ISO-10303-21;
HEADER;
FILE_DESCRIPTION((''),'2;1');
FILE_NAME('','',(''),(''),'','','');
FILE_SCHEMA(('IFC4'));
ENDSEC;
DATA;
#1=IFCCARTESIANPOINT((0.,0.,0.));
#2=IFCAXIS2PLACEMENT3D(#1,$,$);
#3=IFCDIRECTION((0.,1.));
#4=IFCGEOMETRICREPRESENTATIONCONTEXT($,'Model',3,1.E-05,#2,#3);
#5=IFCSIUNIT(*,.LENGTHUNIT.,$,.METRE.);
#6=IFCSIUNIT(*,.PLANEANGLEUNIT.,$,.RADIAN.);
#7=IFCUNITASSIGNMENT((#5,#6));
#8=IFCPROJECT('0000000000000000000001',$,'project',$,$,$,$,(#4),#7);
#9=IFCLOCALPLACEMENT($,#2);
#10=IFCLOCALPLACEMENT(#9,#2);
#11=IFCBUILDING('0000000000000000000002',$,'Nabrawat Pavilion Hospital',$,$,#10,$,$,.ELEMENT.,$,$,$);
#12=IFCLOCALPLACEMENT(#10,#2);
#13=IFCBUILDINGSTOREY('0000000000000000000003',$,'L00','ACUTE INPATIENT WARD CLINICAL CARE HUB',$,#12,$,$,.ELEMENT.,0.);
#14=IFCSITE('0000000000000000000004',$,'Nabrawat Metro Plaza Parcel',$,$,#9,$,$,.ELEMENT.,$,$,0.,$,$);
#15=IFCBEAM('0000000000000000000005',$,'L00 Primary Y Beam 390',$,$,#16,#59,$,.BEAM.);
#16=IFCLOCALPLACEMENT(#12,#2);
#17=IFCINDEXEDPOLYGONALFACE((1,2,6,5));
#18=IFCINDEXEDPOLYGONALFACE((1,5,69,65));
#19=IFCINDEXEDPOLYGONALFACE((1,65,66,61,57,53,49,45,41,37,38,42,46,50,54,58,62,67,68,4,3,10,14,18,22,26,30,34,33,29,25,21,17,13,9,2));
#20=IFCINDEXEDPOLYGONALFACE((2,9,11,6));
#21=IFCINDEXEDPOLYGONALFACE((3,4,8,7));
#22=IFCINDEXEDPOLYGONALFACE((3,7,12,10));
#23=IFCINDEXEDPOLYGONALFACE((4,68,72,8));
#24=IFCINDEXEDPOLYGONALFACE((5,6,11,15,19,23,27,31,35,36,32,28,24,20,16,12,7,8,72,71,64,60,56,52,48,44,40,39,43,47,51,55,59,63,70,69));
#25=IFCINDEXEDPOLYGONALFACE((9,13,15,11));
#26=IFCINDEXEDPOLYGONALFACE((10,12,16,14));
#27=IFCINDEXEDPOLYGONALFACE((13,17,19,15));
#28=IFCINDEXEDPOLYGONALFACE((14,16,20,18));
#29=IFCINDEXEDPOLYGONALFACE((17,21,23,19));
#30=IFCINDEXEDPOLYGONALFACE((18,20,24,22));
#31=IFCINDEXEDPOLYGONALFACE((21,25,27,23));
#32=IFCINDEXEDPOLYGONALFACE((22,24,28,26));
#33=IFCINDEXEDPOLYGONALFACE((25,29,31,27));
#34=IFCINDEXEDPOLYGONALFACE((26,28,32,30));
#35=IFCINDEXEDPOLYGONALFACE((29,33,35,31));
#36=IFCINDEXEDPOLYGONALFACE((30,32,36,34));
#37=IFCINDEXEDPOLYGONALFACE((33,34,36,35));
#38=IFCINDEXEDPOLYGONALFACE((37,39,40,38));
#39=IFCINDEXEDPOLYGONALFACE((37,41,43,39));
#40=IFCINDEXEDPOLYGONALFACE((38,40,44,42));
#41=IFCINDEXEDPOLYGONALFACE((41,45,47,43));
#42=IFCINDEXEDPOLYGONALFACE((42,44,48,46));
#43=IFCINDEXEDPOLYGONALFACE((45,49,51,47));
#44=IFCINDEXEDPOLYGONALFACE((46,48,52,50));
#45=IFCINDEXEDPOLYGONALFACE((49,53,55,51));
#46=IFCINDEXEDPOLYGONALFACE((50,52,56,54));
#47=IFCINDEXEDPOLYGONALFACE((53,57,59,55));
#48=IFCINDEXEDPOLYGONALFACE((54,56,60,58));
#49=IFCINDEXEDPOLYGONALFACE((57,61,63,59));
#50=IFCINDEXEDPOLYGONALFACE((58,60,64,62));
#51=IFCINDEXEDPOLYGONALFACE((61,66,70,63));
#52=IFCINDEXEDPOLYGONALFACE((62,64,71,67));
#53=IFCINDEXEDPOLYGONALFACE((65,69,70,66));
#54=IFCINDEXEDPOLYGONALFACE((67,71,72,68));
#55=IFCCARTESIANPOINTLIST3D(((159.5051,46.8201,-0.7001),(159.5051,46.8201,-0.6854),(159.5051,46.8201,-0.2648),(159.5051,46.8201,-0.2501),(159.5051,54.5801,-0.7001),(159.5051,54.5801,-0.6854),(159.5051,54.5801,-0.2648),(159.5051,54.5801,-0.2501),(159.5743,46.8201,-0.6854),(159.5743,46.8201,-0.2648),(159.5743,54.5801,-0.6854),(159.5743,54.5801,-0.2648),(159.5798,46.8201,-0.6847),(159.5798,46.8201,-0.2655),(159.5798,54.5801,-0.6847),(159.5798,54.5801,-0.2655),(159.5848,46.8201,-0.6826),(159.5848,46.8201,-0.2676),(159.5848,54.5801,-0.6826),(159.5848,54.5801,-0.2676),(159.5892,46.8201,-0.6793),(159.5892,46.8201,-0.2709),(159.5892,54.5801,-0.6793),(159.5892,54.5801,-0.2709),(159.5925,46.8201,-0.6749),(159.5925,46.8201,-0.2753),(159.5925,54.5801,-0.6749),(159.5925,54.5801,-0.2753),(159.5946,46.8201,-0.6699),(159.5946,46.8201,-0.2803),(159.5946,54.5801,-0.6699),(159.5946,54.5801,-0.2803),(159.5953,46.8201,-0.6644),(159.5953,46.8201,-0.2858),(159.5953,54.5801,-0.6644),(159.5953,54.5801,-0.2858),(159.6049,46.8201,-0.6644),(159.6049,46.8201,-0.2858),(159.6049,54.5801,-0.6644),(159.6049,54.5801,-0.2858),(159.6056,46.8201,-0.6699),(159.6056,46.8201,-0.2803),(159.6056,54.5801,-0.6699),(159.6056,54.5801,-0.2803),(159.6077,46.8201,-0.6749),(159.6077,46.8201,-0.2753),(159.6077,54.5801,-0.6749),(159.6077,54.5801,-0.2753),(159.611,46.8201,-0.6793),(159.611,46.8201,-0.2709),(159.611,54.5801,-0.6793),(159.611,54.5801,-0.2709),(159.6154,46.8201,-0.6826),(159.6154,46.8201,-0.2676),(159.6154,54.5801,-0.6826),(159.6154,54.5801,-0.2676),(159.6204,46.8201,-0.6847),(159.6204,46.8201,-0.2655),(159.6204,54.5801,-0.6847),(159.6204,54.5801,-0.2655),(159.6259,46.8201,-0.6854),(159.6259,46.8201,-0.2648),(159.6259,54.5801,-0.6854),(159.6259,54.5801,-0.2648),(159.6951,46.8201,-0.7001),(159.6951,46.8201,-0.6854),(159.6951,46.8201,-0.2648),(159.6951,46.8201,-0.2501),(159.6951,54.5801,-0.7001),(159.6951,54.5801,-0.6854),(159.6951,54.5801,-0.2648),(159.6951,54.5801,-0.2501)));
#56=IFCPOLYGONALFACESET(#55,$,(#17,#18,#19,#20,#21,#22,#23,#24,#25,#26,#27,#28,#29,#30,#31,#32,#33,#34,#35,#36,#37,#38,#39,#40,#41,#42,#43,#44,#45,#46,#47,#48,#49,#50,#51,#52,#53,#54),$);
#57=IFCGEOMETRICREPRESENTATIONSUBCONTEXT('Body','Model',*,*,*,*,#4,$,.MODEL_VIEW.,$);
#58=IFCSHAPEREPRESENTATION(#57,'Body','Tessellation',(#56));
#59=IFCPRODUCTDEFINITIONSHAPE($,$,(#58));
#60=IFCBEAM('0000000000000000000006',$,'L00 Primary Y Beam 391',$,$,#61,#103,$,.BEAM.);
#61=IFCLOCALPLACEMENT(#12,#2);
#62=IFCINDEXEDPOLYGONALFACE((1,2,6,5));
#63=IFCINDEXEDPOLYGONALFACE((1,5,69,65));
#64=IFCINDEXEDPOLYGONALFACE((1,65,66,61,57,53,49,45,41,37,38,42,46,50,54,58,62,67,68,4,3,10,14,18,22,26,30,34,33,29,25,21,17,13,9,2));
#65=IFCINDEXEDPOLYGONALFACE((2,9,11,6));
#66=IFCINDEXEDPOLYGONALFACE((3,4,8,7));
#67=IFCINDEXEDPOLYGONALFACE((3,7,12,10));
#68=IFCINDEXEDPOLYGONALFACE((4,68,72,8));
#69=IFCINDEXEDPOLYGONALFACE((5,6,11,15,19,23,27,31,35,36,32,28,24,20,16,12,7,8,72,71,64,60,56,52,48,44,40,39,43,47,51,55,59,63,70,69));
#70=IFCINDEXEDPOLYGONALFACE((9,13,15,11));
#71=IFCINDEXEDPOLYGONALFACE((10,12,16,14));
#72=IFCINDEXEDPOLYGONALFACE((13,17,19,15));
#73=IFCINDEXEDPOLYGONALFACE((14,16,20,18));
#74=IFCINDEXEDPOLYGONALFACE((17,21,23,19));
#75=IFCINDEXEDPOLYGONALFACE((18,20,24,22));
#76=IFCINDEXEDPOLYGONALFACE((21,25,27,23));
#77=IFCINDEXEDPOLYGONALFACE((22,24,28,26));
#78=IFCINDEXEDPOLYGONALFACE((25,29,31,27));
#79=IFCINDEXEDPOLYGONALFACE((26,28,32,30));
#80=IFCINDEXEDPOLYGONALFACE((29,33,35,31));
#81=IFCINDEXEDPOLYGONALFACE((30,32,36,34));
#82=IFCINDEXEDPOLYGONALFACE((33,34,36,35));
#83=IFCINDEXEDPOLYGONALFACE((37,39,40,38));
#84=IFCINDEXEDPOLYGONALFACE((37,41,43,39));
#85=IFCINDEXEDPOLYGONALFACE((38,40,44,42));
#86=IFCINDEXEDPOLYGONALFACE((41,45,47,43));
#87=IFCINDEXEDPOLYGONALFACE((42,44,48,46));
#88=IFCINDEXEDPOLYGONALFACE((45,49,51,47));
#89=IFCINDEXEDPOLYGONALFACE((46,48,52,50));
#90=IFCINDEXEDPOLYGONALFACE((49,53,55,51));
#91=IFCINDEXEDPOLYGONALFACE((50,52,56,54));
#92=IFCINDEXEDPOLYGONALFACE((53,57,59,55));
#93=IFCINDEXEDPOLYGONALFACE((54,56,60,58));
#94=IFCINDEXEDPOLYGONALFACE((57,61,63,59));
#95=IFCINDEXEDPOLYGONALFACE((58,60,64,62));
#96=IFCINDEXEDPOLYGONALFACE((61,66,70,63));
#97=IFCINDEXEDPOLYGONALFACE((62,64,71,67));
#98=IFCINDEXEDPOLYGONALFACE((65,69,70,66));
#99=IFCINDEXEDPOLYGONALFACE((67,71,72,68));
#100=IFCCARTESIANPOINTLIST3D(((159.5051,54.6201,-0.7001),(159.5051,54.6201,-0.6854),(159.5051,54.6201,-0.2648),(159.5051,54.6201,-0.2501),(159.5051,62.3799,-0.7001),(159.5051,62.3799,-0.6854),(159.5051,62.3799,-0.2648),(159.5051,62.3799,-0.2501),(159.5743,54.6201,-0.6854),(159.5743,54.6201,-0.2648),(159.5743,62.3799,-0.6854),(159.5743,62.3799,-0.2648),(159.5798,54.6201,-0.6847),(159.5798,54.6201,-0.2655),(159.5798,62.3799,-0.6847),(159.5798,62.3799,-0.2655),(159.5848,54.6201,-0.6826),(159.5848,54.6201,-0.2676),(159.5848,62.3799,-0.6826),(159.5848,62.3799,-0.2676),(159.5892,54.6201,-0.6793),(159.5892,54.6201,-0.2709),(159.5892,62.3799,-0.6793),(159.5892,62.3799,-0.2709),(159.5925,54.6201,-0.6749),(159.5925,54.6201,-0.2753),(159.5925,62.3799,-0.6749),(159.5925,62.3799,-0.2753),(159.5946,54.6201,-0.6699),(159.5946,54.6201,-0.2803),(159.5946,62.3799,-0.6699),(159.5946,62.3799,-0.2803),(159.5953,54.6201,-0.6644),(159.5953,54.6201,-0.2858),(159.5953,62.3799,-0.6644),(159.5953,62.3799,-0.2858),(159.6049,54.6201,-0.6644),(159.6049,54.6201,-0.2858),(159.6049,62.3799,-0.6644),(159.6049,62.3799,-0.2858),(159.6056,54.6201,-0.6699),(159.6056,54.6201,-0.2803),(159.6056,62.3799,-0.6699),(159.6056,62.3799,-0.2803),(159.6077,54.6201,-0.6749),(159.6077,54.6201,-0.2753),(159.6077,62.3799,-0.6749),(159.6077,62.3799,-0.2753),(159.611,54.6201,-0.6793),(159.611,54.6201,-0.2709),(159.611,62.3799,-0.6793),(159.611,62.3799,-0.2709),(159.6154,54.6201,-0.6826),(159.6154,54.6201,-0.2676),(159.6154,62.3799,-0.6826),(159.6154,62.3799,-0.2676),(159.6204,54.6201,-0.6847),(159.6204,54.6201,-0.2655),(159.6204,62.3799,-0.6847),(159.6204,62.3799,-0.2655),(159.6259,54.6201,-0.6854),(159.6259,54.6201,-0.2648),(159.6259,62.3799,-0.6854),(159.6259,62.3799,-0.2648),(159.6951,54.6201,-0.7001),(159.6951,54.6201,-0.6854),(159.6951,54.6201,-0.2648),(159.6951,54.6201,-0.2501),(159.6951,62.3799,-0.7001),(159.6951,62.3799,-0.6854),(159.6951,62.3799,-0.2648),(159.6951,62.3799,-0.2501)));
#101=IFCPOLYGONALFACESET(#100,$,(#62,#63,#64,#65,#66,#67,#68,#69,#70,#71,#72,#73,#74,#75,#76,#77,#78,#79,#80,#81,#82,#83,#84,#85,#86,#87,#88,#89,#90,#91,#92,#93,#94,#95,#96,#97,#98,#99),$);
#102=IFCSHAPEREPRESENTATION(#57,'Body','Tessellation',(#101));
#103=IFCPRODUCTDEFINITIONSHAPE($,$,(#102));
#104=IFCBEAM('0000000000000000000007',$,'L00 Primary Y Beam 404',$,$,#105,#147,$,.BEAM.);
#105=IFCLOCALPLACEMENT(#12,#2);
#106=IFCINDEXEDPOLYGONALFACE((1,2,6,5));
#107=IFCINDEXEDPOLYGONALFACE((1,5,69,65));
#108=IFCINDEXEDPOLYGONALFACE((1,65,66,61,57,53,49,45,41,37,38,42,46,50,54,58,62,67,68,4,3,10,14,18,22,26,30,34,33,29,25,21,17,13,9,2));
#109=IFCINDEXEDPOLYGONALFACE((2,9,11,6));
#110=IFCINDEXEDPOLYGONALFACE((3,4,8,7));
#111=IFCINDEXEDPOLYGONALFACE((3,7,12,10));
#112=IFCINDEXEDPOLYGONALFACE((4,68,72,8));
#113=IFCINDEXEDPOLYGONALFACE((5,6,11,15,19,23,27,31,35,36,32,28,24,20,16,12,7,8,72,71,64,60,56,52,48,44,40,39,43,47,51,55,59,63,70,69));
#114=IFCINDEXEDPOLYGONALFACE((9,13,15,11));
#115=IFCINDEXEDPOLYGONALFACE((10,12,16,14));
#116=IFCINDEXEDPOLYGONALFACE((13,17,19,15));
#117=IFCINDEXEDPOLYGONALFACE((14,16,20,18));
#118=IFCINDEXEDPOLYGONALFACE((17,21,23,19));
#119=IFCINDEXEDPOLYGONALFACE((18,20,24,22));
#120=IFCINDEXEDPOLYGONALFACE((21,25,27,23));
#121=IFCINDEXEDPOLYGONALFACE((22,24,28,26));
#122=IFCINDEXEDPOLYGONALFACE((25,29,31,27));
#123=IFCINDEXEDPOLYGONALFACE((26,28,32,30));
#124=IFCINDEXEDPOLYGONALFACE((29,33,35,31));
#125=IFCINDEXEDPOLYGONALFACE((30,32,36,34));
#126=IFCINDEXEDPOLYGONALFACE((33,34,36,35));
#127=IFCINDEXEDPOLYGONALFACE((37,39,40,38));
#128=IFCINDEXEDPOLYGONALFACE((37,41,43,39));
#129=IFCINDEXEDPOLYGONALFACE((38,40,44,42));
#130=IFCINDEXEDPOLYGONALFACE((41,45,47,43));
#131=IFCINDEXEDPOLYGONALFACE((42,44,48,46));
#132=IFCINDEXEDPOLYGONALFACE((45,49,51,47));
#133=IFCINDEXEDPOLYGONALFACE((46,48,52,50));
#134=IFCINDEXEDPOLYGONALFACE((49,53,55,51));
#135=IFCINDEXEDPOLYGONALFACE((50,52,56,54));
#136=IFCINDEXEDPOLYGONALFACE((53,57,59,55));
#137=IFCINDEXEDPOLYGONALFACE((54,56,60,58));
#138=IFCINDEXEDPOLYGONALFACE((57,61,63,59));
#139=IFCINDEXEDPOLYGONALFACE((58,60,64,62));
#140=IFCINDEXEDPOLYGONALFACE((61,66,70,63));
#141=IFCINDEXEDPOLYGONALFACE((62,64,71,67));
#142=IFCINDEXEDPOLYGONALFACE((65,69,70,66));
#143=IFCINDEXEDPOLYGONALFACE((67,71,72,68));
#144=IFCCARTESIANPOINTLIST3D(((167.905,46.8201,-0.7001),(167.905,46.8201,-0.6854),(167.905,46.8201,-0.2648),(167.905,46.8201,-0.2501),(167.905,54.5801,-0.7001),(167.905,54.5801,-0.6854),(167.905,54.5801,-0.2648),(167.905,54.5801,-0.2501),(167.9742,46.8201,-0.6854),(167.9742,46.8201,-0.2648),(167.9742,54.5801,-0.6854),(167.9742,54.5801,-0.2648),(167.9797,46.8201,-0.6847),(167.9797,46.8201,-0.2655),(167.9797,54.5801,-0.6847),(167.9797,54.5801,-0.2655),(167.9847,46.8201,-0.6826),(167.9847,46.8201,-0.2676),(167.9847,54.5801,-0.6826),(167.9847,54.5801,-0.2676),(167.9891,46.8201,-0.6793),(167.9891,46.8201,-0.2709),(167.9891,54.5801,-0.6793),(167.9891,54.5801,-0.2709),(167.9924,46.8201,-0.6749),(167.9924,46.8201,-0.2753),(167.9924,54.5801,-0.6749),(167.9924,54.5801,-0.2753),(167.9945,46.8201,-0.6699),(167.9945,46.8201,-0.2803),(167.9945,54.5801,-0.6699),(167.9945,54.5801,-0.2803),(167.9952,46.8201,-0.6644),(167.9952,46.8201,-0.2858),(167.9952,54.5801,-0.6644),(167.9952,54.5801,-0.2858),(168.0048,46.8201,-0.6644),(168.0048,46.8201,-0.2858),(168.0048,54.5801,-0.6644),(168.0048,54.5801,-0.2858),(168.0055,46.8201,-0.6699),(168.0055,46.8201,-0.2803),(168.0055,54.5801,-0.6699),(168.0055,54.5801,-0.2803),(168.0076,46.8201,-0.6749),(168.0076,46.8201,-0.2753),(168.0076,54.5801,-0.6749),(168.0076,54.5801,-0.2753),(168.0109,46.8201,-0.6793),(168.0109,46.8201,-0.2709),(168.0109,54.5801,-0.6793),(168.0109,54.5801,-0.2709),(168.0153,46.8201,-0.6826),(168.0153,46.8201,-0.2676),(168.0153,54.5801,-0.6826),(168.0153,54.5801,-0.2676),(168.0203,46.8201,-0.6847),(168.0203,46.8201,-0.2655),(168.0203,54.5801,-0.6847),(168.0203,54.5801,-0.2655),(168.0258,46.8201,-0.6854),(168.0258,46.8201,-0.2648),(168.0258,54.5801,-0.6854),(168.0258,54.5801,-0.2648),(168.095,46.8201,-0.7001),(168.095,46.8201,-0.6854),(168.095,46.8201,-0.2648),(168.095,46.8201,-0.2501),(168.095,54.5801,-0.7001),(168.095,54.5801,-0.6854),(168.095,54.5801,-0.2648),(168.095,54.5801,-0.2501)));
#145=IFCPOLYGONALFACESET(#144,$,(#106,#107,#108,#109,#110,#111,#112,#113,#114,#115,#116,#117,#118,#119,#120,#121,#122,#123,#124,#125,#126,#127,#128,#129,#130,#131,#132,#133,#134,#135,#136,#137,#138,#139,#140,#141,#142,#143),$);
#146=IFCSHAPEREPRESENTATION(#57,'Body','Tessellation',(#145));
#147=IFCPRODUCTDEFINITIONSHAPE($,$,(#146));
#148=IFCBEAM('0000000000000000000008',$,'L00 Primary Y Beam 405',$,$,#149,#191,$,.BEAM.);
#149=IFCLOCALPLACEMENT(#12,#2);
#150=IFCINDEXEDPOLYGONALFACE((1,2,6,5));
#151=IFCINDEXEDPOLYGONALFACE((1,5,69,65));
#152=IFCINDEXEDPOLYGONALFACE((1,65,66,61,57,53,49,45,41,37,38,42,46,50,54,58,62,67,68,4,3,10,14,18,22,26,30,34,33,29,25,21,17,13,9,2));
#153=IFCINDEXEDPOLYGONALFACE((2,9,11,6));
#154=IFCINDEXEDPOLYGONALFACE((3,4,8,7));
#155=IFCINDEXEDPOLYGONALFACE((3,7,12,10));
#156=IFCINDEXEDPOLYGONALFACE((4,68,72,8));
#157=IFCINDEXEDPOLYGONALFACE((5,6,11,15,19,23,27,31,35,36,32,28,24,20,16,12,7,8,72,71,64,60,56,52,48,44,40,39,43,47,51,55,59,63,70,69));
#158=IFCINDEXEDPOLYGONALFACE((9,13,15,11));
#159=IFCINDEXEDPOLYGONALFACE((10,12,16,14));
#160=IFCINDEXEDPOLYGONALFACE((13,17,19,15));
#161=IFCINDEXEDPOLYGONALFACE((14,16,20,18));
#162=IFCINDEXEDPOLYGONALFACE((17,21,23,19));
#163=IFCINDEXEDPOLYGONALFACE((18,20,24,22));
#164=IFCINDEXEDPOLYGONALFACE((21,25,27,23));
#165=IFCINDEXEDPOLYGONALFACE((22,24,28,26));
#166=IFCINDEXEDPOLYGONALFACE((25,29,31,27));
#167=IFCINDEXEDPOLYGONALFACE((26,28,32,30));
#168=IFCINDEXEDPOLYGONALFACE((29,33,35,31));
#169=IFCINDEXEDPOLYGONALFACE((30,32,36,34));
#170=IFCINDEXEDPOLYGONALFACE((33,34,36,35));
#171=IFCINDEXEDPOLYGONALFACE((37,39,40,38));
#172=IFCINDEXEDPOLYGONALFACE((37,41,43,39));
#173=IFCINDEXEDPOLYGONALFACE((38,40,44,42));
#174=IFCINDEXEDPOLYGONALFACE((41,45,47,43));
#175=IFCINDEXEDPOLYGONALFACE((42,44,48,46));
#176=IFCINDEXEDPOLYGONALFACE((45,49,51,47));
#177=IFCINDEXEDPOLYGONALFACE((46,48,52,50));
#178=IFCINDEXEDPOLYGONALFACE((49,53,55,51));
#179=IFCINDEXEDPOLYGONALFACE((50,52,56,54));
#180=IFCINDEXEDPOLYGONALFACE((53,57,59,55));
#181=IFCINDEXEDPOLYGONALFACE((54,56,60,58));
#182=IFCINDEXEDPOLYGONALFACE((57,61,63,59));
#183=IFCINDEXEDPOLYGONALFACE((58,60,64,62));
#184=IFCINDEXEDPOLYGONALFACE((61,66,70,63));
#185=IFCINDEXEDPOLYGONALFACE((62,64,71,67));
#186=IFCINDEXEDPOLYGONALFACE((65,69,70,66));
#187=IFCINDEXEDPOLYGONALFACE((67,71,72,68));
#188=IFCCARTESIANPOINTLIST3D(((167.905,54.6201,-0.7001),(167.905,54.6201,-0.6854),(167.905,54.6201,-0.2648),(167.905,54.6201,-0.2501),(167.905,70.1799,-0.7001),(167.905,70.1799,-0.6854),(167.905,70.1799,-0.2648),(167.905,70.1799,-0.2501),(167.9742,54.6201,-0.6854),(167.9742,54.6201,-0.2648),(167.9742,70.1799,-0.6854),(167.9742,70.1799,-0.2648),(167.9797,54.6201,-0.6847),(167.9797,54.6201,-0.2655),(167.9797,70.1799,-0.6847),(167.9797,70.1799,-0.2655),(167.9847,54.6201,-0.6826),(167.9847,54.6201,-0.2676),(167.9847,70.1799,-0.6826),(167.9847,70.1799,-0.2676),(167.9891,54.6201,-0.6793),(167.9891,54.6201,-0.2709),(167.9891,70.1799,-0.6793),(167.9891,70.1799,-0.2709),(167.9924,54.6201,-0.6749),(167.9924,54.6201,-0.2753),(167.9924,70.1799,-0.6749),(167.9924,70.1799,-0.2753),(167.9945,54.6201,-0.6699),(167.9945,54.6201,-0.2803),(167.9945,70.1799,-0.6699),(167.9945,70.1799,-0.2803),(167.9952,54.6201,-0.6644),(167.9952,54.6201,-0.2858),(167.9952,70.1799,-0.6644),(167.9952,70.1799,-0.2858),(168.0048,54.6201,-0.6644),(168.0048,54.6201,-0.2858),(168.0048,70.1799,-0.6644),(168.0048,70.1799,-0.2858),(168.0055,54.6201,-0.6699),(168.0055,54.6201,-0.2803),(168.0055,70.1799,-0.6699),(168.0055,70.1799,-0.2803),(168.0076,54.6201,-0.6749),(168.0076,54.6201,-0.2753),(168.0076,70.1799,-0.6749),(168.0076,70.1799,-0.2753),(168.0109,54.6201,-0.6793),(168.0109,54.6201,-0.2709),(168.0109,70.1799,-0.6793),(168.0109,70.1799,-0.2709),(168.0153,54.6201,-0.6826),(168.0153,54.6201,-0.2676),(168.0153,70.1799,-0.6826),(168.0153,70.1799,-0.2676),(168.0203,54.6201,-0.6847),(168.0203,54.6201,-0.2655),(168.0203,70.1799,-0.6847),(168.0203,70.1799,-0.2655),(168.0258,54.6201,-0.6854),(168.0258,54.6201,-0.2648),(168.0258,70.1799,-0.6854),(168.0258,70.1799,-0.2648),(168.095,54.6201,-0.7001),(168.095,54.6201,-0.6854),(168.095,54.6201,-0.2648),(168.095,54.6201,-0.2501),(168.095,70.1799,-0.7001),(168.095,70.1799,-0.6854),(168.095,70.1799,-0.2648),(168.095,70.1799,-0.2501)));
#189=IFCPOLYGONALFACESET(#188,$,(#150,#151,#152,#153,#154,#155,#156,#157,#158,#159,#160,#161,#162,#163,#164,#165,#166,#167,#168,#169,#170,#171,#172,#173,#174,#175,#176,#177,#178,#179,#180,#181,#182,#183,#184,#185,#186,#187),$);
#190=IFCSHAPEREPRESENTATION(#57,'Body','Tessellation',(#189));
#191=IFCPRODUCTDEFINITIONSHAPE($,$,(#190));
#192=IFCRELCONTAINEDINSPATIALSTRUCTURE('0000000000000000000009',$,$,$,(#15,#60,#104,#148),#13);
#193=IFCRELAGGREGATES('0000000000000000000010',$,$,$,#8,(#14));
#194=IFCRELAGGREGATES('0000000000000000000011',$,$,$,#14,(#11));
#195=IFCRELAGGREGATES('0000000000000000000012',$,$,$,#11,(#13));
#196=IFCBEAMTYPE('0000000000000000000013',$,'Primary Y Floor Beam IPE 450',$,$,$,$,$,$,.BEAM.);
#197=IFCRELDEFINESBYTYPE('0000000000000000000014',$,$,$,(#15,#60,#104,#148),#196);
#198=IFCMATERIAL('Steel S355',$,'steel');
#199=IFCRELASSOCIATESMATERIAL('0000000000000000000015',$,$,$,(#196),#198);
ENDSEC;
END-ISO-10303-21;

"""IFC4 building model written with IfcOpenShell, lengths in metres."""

from ifc_helpers import new_model, si_unit, direction, frame, origin, origin_2d, place, context, subcontext, project, spatial, i_section, extrude, material, material_profile, profile_set, type_object, element, save


model = new_model("IFC4")

# Units and contexts
model_context = context("Model", 3, precision=1e-05, world=origin(), true_north=direction((0.0, 1.0)))
body_context = subcontext(model_context, "Body", "Model", "MODEL_VIEW")
ifc_project = project(units=[si_unit("LENGTHUNIT", "METRE"), si_unit("PLANEANGLEUNIT", "RADIAN")], contexts=[model_context])

# Site, building, storey
site_placement = place(None, origin())
site = spatial("IfcSite", under=ifc_project, at=site_placement, Name="Nabrawat Metro Plaza Parcel", CompositionType="ELEMENT", RefElevation=0.0)
building_placement = place(site_placement, origin())
building = spatial("IfcBuilding", under=site, at=building_placement, Name="Nabrawat Pavilion Hospital", CompositionType="ELEMENT")
storey_placement = place(building_placement, origin())
storey = spatial("IfcBuildingStorey", under=building, at=storey_placement, Name="L00", Description="ACUTE INPATIENT WARD CLINICAL CARE HUB", CompositionType="ELEMENT", Elevation=0.0)

# Shared definitions
ifc_material_1 = material(Name="Steel S355", Category="steel")

# Beams
ifc_material_profile_1 = material_profile(ifc_material_1, i_section(OverallWidth=0.1899, OverallDepth=0.45, WebThickness=0.0095, FlangeThickness=0.0146, FilletRadius=0.021, at=origin_2d()), Name="IPE 450")
ifc_profile_set_1 = profile_set([ifc_material_profile_1], Name="Steel S355")
beam_type_1 = type_object("IfcBeamType", Name="Primary Y Floor Beam IPE 450", PredefinedType="BEAM", material=ifc_profile_set_1)
beam_1_placement = place(storey_placement, frame((159.6001, 46.8201, -0.4751), z_axis=(0.0, 1.0, 0.0), x_axis=(-1.0, 0.0, 0.0)))
element("IfcBeam", 1, at=beam_1_placement, inside=storey, type_object=beam_type_1, Name="L00 Primary Y Beam 390", PredefinedType="BEAM", context=body_context, shape_type="SweptSolid", body=[
    extrude(i_section(OverallWidth=0.1899, OverallDepth=0.45, WebThickness=0.0095, FlangeThickness=0.0146, FilletRadius=0.021, at=origin_2d()), origin(), (0.0, 0.0, 1.0), 7.76),
])
beam_2_placement = place(storey_placement, frame((159.6001, 54.6201, -0.4751), z_axis=(0.0, 1.0, 0.0), x_axis=(-1.0, 0.0, 0.0)))
element("IfcBeam", 2, at=beam_2_placement, inside=storey, type_object=beam_type_1, Name="L00 Primary Y Beam 391", PredefinedType="BEAM", context=body_context, shape_type="SweptSolid", body=[
    extrude(i_section(OverallWidth=0.1899, OverallDepth=0.45, WebThickness=0.0095, FlangeThickness=0.0146, FilletRadius=0.021, at=origin_2d()), origin(), (0.0, 0.0, 1.0), 7.7598),
])
beam_3_placement = place(storey_placement, frame((168.0, 46.8201, -0.4751), z_axis=(0.0, 1.0, 0.0), x_axis=(-1.0, 0.0, 0.0)))
element("IfcBeam", 3, at=beam_3_placement, inside=storey, type_object=beam_type_1, Name="L00 Primary Y Beam 404", PredefinedType="BEAM", context=body_context, shape_type="SweptSolid", body=[
    extrude(i_section(OverallWidth=0.1899, OverallDepth=0.45, WebThickness=0.0095, FlangeThickness=0.0146, FilletRadius=0.021, at=origin_2d()), origin(), (0.0, 0.0, 1.0), 7.76),
])
beam_4_placement = place(storey_placement, frame((168.0, 54.6201, -0.4751), z_axis=(0.0, 1.0, 0.0), x_axis=(-1.0, 0.0, 0.0)))
element("IfcBeam", 4, at=beam_4_placement, inside=storey, type_object=beam_type_1, Name="L00 Primary Y Beam 405", PredefinedType="BEAM", context=body_context, shape_type="SweptSolid", body=[
    extrude(i_section(OverallWidth=0.1899, OverallDepth=0.45, WebThickness=0.0095, FlangeThickness=0.0146, FilletRadius=0.021, at=origin_2d()), origin(), (0.0, 0.0, 1.0), 15.5598),
])

save(model, "model.ifc")
